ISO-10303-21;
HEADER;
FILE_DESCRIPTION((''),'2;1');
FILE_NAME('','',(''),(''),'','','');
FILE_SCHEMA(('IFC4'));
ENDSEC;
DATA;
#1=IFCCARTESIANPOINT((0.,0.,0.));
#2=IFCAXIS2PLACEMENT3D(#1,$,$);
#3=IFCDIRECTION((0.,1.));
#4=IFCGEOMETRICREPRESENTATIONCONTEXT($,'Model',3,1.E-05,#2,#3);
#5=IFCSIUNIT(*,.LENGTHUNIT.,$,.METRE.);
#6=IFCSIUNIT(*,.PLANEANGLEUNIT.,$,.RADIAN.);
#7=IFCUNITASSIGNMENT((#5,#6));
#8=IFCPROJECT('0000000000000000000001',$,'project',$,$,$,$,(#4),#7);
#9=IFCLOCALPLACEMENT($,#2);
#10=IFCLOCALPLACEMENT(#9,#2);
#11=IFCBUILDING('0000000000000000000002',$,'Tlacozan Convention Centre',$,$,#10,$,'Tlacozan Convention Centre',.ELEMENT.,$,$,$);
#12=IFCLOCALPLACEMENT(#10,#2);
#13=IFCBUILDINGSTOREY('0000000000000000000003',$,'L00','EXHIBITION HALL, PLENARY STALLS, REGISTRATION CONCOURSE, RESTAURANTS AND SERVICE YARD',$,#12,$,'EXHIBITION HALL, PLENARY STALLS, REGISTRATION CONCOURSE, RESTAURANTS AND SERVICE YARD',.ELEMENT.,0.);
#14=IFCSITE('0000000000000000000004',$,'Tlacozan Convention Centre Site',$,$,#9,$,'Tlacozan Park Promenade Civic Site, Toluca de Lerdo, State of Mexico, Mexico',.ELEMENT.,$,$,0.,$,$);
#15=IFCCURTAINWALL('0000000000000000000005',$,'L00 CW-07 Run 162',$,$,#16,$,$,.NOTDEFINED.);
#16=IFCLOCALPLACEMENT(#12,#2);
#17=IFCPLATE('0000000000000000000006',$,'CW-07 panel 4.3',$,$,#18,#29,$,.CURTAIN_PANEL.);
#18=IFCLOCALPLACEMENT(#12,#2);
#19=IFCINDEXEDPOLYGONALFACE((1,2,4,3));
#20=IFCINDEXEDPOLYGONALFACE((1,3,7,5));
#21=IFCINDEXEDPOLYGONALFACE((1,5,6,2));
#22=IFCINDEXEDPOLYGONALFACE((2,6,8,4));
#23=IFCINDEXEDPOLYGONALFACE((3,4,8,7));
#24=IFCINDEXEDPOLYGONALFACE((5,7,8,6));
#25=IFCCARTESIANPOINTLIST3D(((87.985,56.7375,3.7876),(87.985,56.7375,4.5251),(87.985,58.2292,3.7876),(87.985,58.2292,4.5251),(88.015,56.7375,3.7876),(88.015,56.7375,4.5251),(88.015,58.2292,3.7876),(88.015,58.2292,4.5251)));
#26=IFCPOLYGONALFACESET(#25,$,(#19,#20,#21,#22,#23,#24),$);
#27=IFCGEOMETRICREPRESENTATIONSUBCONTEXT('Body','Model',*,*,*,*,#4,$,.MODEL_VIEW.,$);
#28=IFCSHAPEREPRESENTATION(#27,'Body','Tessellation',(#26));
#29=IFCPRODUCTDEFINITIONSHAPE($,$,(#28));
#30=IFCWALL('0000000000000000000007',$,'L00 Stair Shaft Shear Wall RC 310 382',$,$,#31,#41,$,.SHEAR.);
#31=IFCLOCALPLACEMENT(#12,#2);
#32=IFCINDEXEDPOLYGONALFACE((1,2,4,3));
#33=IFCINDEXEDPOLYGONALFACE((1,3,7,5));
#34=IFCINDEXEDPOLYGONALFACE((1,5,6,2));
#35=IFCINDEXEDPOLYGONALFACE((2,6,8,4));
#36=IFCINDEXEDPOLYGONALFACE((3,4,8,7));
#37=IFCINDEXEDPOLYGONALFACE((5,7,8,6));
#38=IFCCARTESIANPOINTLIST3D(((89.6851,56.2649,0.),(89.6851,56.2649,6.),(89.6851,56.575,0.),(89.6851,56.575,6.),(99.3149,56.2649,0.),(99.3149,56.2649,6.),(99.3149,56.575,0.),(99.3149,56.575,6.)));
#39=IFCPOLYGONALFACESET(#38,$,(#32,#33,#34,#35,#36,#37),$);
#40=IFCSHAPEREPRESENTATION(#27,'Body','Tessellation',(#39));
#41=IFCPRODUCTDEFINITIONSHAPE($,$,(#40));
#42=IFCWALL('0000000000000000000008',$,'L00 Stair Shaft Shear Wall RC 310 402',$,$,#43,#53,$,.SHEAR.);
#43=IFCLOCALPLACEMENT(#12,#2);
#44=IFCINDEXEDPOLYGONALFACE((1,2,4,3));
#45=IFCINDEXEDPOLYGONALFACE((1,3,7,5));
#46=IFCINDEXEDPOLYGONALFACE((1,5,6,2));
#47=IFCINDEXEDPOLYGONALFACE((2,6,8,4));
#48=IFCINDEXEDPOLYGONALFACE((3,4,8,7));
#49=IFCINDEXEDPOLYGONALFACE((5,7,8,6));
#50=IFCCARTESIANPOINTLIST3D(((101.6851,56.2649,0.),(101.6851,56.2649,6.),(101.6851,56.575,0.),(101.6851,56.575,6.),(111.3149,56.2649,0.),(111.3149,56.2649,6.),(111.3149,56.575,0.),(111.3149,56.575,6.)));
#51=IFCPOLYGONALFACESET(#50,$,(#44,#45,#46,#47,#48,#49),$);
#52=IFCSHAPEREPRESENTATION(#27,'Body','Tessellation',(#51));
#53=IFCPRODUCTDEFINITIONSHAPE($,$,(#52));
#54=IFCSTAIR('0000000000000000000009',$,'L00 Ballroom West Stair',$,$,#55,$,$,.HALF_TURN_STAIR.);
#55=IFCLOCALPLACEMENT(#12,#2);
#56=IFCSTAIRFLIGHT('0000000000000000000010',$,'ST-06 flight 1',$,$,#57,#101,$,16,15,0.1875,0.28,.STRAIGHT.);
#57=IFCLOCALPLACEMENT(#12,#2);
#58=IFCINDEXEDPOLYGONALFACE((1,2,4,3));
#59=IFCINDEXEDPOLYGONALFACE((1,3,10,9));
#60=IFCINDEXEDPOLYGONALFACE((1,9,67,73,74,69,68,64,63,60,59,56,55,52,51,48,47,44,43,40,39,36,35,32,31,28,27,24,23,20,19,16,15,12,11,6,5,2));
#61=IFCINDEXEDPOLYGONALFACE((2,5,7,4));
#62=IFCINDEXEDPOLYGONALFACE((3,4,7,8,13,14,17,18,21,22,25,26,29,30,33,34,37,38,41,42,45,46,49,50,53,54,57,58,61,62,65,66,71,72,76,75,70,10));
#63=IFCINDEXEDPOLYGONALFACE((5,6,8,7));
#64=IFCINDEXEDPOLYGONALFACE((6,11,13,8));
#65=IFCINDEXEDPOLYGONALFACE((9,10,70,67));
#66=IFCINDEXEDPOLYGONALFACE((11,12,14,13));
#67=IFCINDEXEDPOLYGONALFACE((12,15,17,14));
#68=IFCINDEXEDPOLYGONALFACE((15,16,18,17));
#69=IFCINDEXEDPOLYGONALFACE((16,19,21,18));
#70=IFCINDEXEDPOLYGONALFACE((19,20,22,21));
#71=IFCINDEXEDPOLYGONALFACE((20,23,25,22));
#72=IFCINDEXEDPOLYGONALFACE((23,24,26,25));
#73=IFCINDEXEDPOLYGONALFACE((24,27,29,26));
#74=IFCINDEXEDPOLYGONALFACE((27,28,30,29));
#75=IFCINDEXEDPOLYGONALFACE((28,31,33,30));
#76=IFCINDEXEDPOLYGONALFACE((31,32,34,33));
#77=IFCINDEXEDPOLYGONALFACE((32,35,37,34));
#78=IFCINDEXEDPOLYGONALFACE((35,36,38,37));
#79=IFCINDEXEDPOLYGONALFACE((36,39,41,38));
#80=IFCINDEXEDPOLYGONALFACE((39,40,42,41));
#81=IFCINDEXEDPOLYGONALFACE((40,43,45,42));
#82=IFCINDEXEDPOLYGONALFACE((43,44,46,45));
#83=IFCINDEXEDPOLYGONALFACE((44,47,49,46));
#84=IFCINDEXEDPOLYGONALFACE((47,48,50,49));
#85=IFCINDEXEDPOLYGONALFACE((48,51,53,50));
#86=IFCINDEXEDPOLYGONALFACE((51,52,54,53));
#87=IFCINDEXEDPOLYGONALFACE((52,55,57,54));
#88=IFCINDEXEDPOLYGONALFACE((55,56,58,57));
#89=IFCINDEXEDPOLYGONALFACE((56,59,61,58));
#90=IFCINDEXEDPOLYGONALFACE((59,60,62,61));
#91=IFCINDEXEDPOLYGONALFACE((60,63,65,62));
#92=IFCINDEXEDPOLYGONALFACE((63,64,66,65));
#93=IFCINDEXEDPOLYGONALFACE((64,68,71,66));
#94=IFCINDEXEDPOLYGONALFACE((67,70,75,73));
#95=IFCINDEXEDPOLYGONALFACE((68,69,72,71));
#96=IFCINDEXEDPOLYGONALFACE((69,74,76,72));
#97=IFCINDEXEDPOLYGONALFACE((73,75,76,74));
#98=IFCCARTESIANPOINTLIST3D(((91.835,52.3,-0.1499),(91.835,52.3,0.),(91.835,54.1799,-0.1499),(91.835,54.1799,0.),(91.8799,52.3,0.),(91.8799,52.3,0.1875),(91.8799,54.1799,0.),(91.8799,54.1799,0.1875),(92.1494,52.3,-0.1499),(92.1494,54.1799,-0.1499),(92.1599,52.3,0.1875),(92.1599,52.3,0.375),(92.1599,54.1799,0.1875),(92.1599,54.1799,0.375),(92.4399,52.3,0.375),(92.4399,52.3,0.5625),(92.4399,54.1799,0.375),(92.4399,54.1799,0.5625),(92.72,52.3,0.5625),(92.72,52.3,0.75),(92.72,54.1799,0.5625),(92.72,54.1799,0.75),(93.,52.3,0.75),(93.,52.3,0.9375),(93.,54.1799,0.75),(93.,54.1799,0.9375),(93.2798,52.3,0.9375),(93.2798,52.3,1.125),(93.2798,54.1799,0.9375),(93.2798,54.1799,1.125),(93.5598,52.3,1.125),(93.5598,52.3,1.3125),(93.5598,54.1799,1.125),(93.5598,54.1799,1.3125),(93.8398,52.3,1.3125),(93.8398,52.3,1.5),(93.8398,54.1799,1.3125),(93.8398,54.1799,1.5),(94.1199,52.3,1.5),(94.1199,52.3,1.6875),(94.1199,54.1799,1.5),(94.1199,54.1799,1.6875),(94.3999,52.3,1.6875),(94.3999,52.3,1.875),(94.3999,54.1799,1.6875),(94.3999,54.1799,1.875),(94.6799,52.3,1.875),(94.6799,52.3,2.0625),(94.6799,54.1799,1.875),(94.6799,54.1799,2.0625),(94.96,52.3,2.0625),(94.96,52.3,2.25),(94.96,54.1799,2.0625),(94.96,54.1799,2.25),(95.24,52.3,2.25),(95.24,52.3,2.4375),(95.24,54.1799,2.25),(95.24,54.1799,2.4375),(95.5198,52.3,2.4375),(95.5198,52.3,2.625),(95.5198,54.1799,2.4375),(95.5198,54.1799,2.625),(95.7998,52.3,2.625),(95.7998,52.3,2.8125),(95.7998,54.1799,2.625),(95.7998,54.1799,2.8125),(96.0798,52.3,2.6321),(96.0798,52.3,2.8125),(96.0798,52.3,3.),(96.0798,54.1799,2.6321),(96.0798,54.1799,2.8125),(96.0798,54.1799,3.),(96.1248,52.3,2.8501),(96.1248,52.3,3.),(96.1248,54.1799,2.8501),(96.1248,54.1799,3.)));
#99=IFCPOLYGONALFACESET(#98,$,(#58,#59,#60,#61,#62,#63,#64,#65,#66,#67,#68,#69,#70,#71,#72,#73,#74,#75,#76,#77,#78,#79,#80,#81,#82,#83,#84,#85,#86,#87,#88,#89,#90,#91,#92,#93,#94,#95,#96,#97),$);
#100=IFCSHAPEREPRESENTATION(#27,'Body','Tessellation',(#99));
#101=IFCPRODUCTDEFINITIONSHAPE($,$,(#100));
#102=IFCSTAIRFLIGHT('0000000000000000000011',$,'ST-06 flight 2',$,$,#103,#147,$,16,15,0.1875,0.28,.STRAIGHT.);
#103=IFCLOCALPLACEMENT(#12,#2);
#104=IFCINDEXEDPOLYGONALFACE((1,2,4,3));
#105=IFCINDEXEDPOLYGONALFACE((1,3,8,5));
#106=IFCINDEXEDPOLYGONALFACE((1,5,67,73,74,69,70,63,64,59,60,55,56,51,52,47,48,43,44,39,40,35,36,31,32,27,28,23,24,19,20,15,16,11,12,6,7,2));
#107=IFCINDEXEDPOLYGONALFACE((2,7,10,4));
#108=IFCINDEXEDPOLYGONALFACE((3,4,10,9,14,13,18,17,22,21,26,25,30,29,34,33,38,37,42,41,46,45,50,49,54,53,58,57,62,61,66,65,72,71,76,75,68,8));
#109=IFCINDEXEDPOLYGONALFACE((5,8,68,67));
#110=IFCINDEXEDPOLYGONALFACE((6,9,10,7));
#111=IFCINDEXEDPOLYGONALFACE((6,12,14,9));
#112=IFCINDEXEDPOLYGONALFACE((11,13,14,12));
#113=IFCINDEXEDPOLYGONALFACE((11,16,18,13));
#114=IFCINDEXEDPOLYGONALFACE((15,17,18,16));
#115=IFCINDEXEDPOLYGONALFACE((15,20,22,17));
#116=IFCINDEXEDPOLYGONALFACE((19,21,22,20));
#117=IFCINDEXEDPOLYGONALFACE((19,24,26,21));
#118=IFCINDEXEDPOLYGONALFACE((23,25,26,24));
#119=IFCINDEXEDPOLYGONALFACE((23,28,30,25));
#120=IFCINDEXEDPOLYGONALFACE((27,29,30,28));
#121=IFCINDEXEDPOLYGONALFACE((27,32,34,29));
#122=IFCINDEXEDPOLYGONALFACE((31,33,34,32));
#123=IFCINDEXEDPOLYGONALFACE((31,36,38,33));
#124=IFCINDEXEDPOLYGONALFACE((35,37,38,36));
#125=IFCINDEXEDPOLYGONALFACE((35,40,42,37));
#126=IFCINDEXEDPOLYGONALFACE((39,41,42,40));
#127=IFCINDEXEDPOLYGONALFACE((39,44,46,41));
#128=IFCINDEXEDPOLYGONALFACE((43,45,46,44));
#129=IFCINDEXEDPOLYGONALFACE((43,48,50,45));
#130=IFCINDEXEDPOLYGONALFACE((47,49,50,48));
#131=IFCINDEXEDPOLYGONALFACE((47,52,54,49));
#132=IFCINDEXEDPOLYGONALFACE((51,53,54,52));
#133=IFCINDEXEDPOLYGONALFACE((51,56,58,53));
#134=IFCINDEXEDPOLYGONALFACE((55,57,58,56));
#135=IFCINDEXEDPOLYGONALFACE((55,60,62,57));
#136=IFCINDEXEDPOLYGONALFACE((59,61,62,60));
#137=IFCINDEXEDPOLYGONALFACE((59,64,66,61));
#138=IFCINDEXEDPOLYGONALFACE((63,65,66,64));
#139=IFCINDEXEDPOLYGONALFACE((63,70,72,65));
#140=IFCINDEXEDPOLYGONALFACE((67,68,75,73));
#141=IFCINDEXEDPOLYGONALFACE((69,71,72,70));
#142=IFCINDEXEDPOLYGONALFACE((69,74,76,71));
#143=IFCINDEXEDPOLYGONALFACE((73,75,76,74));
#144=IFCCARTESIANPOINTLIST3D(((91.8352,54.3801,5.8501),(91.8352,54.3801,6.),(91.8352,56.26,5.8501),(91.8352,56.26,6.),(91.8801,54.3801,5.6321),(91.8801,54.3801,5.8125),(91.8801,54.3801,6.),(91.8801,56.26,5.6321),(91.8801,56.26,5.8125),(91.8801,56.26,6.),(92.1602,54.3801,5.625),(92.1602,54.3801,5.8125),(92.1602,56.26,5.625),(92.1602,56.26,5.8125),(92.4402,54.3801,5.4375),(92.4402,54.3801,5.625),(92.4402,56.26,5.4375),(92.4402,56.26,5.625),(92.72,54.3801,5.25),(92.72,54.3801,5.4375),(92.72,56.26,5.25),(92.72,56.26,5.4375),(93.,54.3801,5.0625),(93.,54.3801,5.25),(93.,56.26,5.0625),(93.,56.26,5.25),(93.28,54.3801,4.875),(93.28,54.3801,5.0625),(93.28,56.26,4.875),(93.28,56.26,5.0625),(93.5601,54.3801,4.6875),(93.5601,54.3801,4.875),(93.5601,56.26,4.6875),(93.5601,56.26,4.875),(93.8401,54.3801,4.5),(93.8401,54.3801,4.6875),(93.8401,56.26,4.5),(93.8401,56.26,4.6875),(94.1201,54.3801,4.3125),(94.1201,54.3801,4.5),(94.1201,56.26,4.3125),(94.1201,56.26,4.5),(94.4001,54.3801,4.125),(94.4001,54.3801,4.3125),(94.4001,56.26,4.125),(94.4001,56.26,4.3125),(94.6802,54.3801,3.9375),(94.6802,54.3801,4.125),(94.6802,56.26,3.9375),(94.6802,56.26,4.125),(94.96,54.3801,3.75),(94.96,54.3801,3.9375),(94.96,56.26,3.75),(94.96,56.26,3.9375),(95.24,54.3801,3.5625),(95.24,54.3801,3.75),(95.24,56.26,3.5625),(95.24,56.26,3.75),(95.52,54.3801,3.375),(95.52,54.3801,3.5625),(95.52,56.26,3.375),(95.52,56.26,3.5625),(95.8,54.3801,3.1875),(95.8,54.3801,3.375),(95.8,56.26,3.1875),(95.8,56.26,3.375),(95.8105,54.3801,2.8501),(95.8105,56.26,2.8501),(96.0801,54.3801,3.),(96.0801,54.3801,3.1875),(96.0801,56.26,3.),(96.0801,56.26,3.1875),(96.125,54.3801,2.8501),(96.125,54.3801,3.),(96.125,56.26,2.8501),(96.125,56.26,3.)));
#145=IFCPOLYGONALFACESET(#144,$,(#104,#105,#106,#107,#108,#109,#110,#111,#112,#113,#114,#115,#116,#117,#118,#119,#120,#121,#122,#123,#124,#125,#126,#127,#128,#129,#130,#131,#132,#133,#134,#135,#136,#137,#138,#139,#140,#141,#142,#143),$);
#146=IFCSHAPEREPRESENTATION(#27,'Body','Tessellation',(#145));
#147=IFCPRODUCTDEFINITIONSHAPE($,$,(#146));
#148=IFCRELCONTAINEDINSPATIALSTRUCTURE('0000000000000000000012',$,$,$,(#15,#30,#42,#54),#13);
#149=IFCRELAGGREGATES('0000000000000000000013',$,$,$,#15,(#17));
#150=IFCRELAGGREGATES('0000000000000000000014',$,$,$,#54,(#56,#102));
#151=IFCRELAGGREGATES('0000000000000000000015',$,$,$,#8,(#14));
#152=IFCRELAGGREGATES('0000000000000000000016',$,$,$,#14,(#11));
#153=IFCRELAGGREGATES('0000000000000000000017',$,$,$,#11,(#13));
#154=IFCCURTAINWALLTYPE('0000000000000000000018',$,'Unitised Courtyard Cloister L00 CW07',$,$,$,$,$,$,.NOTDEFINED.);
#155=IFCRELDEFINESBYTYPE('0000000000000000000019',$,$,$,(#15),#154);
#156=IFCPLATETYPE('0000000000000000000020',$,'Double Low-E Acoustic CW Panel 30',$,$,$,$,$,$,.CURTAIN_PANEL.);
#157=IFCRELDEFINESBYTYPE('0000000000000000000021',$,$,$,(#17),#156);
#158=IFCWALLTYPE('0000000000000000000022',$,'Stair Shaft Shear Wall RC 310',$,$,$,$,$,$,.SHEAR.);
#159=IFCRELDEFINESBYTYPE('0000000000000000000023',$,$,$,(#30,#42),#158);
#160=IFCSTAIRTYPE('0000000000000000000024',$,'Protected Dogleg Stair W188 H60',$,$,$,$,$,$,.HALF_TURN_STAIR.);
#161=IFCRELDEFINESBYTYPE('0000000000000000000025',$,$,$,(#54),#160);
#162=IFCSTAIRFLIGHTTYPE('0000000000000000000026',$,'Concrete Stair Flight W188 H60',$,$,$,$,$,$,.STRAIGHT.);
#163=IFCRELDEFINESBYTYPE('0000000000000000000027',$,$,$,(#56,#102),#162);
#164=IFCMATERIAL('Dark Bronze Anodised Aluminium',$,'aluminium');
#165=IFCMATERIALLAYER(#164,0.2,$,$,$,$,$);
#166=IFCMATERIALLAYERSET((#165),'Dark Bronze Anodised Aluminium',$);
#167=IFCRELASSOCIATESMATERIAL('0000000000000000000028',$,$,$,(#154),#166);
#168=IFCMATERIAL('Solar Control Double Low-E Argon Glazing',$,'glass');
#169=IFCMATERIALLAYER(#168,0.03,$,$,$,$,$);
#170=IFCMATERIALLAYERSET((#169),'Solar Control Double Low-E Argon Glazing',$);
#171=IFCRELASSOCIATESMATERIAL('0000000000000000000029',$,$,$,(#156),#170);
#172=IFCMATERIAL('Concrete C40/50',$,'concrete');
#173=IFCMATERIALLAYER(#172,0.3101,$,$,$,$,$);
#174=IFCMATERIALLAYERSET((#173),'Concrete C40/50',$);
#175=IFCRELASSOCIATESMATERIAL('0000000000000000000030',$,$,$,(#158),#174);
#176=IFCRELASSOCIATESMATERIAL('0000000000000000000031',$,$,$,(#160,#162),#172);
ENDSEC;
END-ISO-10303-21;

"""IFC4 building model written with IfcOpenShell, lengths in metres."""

from ifc_helpers import new_model, si_unit, direction, frame, frame_2d, origin, origin_2d, place, context, subcontext, project, spatial, polyline, rectangle, outline, extrude, material, layer, layer_set, type_object, element, aggregate, save


model = new_model("IFC4")

# Units and contexts
model_context = context("Model", 3, precision=1e-05, world=origin(), true_north=direction((0.0, 1.0)))
body_context = subcontext(model_context, "Body", "Model", "MODEL_VIEW")
ifc_project = project(units=[si_unit("LENGTHUNIT", "METRE"), si_unit("PLANEANGLEUNIT", "RADIAN")], contexts=[model_context])

# Site, building, storey
site_placement = place(None, origin())
site = spatial("IfcSite", under=ifc_project, at=site_placement, Name="Tlacozan Convention Centre Site", LongName="Tlacozan Park Promenade Civic Site, Toluca de Lerdo, State of Mexico, Mexico", CompositionType="ELEMENT", RefElevation=0.0)
building_placement = place(site_placement, origin())
building = spatial("IfcBuilding", under=site, at=building_placement, Name="Tlacozan Convention Centre", LongName="Tlacozan Convention Centre", CompositionType="ELEMENT")
storey_placement = place(building_placement, origin())
storey = spatial("IfcBuildingStorey", under=building, at=storey_placement, Name="L00", Description="EXHIBITION HALL, PLENARY STALLS, REGISTRATION CONCOURSE, RESTAURANTS AND SERVICE YARD", LongName="EXHIBITION HALL, PLENARY STALLS, REGISTRATION CONCOURSE, RESTAURANTS AND SERVICE YARD", CompositionType="ELEMENT", Elevation=0.0)

# Shared definitions
ifc_material_1 = material(Name="Concrete C40/50", Category="concrete")

# Curtain wall
ifc_material_2 = material(Name="Dark Bronze Anodised Aluminium", Category="aluminium")
ifc_layer_1 = layer(ifc_material_2, 0.2)
ifc_layer_set_1 = layer_set([ifc_layer_1], Name="Dark Bronze Anodised Aluminium")
curtain_wall_type = type_object("IfcCurtainWallType", Name="Unitised Courtyard Cloister L00 CW07", PredefinedType="NOTDEFINED", material=ifc_layer_set_1)
curtain_wall_placement = place(storey_placement, origin())
curtain_wall = element("IfcCurtainWall", 1, at=curtain_wall_placement, inside=storey, type_object=curtain_wall_type, Name="L00 CW-07 Run 162", PredefinedType="NOTDEFINED")

# Plate
ifc_material_3 = material(Name="Solar Control Double Low-E Argon Glazing", Category="glass")
ifc_layer_2 = layer(ifc_material_3, 0.03)
ifc_layer_set_2 = layer_set([ifc_layer_2], Name="Solar Control Double Low-E Argon Glazing")
plate_type = type_object("IfcPlateType", Name="Double Low-E Acoustic CW Panel 30", PredefinedType="CURTAIN_PANEL", material=ifc_layer_set_2)
plate_1_placement = place(storey_placement, frame((88.0, 57.4834, 3.7876), z_axis=(0.0, 0.0, 1.0), x_axis=(0.0, 1.0, 0.0)))
plate_1 = element("IfcPlate", 2, at=plate_1_placement, type_object=plate_type, Name="CW-07 panel 4.3", PredefinedType="CURTAIN_PANEL", context=body_context, shape_type="SweptSolid", body=[
    extrude(rectangle(XDim=1.4917, YDim=0.03, at=origin_2d()), origin(), (0.0, 0.0, 1.0), 0.7375),
])
aggregate(curtain_wall, [plate_1])

# Walls
ifc_layer_3 = layer(ifc_material_1, 0.3101)
ifc_layer_set_3 = layer_set([ifc_layer_3], Name="Concrete C40/50")
wall_type = type_object("IfcWallType", Name="Stair Shaft Shear Wall RC 310", PredefinedType="SHEAR", material=ifc_layer_set_3)
for number, where, z_axis, x_axis, name in (
    (3, (89.6851, 56.4199, 0.0), (0.0, 0.0, 1.0), (1.0, 0.0, 0.0), "L00 Stair Shaft Shear Wall RC 310 382"),
    (4, (101.6851, 56.4199, 0.0), (0.0, 0.0, 1.0), (1.0, 0.0, 0.0), "L00 Stair Shaft Shear Wall RC 310 402"),
):
    element("IfcWall", number, at=place(storey_placement, frame(where, z_axis=z_axis, x_axis=x_axis)), inside=storey, type_object=wall_type, Name=name, PredefinedType="SHEAR", context=body_context, shape_type="SweptSolid", body=[
        extrude(rectangle(XDim=9.6299, YDim=0.3101, at=frame_2d((4.8149, 0.0))), origin(), (0.0, 0.0, 1.0), 6.0),
    ])

# Stair, stair flights
stair_type = type_object("IfcStairType", Name="Protected Dogleg Stair W188 H60", PredefinedType="HALF_TURN_STAIR", material=ifc_material_1)
stair_1_placement = place(storey_placement, origin())
stair_1 = element("IfcStair", 5, at=stair_1_placement, inside=storey, type_object=stair_type, Name="L00 Ballroom West Stair", PredefinedType="HALF_TURN_STAIR")
stair_flight_type = type_object("IfcStairFlightType", Name="Concrete Stair Flight W188 H60", PredefinedType="STRAIGHT", material=ifc_material_1)
stair_flight_1_placement = place(storey_placement, frame((91.8799, 53.24, 0.0), z_axis=(0.0, 0.0, 1.0), x_axis=(1.0, 0.0, 0.0)))
stair_flight_1 = element("IfcStairFlight", 6, at=stair_flight_1_placement, type_object=stair_flight_type, Name="ST-06 flight 1", NumberOfRisers=16, NumberOfTreads=15, PredefinedType="STRAIGHT", RiserHeight=0.1875, TreadLength=0.28, context=body_context, shape_type="SweptSolid", body=[
    extrude(outline(polyline([(-0.0449, -0.1499), (-0.0449, 0.0), (0.0, 0.0), (0.0, 0.1875), (0.28, 0.1875), (0.28, 0.375), (0.5601, 0.375), (0.5601, 0.5625), (0.8401, 0.5625), (0.8401, 0.75), (1.1201, 0.75), (1.1201, 0.9375), (1.3999, 0.9375), (1.3999, 1.125), (1.6799, 1.125), (1.6799, 1.3125), (1.96, 1.3125), (1.96, 1.5), (2.24, 1.5), (2.24, 1.6875), (2.52, 1.6875), (2.52, 1.875), (2.8, 1.875), (2.8, 2.0625), (3.0801, 2.0625), (3.0801, 2.25), (3.3601, 2.25), (3.3601, 2.4375), (3.6399, 2.4375), (3.6399, 2.625), (3.9199, 2.625), (3.9199, 2.8125), (4.2, 2.8125), (4.2, 3.0), (4.2449, 3.0), (4.2449, 2.8501), (4.2, 2.6321), (0.2695, -0.1499), (-0.0449, -0.1499)])), frame((0.0, 0.9399, 0.0), z_axis=(0.0, -1.0, 0.0), x_axis=(1.0, 0.0, 0.0)), (0.0, 0.0, 1.0), 1.8799),
])
stair_flight_2_placement = place(storey_placement, frame((96.0801, 55.3201, 3.0), z_axis=(0.0, 0.0, 1.0), x_axis=(-1.0, 0.0, 0.0)))
stair_flight_2 = element("IfcStairFlight", 7, at=stair_flight_2_placement, type_object=stair_flight_type, Name="ST-06 flight 2", NumberOfRisers=16, NumberOfTreads=15, PredefinedType="STRAIGHT", RiserHeight=0.1875, TreadLength=0.28, context=body_context, shape_type="SweptSolid", body=[
    extrude(outline(polyline([(-0.0449, -0.1499), (-0.0449, 0.0), (0.0, 0.0), (0.0, 0.1875), (0.28, 0.1875), (0.28, 0.375), (0.5601, 0.375), (0.5601, 0.5625), (0.8401, 0.5625), (0.8401, 0.75), (1.1201, 0.75), (1.1201, 0.9375), (1.3999, 0.9375), (1.3999, 1.125), (1.6799, 1.125), (1.6799, 1.3125), (1.96, 1.3125), (1.96, 1.5), (2.24, 1.5), (2.24, 1.6875), (2.52, 1.6875), (2.52, 1.875), (2.8, 1.875), (2.8, 2.0625), (3.0801, 2.0625), (3.0801, 2.25), (3.3601, 2.25), (3.3601, 2.4375), (3.6399, 2.4375), (3.6399, 2.625), (3.9199, 2.625), (3.9199, 2.8125), (4.2, 2.8125), (4.2, 3.0), (4.2449, 3.0), (4.2449, 2.8501), (4.2, 2.6321), (0.2695, -0.1499), (-0.0449, -0.1499)])), frame((0.0, 0.9399, 0.0), z_axis=(0.0, -1.0, 0.0), x_axis=(1.0, 0.0, 0.0)), (0.0, 0.0, 1.0), 1.8799),
])
aggregate(stair_1, [stair_flight_1, stair_flight_2])

save(model, "model.ifc")
